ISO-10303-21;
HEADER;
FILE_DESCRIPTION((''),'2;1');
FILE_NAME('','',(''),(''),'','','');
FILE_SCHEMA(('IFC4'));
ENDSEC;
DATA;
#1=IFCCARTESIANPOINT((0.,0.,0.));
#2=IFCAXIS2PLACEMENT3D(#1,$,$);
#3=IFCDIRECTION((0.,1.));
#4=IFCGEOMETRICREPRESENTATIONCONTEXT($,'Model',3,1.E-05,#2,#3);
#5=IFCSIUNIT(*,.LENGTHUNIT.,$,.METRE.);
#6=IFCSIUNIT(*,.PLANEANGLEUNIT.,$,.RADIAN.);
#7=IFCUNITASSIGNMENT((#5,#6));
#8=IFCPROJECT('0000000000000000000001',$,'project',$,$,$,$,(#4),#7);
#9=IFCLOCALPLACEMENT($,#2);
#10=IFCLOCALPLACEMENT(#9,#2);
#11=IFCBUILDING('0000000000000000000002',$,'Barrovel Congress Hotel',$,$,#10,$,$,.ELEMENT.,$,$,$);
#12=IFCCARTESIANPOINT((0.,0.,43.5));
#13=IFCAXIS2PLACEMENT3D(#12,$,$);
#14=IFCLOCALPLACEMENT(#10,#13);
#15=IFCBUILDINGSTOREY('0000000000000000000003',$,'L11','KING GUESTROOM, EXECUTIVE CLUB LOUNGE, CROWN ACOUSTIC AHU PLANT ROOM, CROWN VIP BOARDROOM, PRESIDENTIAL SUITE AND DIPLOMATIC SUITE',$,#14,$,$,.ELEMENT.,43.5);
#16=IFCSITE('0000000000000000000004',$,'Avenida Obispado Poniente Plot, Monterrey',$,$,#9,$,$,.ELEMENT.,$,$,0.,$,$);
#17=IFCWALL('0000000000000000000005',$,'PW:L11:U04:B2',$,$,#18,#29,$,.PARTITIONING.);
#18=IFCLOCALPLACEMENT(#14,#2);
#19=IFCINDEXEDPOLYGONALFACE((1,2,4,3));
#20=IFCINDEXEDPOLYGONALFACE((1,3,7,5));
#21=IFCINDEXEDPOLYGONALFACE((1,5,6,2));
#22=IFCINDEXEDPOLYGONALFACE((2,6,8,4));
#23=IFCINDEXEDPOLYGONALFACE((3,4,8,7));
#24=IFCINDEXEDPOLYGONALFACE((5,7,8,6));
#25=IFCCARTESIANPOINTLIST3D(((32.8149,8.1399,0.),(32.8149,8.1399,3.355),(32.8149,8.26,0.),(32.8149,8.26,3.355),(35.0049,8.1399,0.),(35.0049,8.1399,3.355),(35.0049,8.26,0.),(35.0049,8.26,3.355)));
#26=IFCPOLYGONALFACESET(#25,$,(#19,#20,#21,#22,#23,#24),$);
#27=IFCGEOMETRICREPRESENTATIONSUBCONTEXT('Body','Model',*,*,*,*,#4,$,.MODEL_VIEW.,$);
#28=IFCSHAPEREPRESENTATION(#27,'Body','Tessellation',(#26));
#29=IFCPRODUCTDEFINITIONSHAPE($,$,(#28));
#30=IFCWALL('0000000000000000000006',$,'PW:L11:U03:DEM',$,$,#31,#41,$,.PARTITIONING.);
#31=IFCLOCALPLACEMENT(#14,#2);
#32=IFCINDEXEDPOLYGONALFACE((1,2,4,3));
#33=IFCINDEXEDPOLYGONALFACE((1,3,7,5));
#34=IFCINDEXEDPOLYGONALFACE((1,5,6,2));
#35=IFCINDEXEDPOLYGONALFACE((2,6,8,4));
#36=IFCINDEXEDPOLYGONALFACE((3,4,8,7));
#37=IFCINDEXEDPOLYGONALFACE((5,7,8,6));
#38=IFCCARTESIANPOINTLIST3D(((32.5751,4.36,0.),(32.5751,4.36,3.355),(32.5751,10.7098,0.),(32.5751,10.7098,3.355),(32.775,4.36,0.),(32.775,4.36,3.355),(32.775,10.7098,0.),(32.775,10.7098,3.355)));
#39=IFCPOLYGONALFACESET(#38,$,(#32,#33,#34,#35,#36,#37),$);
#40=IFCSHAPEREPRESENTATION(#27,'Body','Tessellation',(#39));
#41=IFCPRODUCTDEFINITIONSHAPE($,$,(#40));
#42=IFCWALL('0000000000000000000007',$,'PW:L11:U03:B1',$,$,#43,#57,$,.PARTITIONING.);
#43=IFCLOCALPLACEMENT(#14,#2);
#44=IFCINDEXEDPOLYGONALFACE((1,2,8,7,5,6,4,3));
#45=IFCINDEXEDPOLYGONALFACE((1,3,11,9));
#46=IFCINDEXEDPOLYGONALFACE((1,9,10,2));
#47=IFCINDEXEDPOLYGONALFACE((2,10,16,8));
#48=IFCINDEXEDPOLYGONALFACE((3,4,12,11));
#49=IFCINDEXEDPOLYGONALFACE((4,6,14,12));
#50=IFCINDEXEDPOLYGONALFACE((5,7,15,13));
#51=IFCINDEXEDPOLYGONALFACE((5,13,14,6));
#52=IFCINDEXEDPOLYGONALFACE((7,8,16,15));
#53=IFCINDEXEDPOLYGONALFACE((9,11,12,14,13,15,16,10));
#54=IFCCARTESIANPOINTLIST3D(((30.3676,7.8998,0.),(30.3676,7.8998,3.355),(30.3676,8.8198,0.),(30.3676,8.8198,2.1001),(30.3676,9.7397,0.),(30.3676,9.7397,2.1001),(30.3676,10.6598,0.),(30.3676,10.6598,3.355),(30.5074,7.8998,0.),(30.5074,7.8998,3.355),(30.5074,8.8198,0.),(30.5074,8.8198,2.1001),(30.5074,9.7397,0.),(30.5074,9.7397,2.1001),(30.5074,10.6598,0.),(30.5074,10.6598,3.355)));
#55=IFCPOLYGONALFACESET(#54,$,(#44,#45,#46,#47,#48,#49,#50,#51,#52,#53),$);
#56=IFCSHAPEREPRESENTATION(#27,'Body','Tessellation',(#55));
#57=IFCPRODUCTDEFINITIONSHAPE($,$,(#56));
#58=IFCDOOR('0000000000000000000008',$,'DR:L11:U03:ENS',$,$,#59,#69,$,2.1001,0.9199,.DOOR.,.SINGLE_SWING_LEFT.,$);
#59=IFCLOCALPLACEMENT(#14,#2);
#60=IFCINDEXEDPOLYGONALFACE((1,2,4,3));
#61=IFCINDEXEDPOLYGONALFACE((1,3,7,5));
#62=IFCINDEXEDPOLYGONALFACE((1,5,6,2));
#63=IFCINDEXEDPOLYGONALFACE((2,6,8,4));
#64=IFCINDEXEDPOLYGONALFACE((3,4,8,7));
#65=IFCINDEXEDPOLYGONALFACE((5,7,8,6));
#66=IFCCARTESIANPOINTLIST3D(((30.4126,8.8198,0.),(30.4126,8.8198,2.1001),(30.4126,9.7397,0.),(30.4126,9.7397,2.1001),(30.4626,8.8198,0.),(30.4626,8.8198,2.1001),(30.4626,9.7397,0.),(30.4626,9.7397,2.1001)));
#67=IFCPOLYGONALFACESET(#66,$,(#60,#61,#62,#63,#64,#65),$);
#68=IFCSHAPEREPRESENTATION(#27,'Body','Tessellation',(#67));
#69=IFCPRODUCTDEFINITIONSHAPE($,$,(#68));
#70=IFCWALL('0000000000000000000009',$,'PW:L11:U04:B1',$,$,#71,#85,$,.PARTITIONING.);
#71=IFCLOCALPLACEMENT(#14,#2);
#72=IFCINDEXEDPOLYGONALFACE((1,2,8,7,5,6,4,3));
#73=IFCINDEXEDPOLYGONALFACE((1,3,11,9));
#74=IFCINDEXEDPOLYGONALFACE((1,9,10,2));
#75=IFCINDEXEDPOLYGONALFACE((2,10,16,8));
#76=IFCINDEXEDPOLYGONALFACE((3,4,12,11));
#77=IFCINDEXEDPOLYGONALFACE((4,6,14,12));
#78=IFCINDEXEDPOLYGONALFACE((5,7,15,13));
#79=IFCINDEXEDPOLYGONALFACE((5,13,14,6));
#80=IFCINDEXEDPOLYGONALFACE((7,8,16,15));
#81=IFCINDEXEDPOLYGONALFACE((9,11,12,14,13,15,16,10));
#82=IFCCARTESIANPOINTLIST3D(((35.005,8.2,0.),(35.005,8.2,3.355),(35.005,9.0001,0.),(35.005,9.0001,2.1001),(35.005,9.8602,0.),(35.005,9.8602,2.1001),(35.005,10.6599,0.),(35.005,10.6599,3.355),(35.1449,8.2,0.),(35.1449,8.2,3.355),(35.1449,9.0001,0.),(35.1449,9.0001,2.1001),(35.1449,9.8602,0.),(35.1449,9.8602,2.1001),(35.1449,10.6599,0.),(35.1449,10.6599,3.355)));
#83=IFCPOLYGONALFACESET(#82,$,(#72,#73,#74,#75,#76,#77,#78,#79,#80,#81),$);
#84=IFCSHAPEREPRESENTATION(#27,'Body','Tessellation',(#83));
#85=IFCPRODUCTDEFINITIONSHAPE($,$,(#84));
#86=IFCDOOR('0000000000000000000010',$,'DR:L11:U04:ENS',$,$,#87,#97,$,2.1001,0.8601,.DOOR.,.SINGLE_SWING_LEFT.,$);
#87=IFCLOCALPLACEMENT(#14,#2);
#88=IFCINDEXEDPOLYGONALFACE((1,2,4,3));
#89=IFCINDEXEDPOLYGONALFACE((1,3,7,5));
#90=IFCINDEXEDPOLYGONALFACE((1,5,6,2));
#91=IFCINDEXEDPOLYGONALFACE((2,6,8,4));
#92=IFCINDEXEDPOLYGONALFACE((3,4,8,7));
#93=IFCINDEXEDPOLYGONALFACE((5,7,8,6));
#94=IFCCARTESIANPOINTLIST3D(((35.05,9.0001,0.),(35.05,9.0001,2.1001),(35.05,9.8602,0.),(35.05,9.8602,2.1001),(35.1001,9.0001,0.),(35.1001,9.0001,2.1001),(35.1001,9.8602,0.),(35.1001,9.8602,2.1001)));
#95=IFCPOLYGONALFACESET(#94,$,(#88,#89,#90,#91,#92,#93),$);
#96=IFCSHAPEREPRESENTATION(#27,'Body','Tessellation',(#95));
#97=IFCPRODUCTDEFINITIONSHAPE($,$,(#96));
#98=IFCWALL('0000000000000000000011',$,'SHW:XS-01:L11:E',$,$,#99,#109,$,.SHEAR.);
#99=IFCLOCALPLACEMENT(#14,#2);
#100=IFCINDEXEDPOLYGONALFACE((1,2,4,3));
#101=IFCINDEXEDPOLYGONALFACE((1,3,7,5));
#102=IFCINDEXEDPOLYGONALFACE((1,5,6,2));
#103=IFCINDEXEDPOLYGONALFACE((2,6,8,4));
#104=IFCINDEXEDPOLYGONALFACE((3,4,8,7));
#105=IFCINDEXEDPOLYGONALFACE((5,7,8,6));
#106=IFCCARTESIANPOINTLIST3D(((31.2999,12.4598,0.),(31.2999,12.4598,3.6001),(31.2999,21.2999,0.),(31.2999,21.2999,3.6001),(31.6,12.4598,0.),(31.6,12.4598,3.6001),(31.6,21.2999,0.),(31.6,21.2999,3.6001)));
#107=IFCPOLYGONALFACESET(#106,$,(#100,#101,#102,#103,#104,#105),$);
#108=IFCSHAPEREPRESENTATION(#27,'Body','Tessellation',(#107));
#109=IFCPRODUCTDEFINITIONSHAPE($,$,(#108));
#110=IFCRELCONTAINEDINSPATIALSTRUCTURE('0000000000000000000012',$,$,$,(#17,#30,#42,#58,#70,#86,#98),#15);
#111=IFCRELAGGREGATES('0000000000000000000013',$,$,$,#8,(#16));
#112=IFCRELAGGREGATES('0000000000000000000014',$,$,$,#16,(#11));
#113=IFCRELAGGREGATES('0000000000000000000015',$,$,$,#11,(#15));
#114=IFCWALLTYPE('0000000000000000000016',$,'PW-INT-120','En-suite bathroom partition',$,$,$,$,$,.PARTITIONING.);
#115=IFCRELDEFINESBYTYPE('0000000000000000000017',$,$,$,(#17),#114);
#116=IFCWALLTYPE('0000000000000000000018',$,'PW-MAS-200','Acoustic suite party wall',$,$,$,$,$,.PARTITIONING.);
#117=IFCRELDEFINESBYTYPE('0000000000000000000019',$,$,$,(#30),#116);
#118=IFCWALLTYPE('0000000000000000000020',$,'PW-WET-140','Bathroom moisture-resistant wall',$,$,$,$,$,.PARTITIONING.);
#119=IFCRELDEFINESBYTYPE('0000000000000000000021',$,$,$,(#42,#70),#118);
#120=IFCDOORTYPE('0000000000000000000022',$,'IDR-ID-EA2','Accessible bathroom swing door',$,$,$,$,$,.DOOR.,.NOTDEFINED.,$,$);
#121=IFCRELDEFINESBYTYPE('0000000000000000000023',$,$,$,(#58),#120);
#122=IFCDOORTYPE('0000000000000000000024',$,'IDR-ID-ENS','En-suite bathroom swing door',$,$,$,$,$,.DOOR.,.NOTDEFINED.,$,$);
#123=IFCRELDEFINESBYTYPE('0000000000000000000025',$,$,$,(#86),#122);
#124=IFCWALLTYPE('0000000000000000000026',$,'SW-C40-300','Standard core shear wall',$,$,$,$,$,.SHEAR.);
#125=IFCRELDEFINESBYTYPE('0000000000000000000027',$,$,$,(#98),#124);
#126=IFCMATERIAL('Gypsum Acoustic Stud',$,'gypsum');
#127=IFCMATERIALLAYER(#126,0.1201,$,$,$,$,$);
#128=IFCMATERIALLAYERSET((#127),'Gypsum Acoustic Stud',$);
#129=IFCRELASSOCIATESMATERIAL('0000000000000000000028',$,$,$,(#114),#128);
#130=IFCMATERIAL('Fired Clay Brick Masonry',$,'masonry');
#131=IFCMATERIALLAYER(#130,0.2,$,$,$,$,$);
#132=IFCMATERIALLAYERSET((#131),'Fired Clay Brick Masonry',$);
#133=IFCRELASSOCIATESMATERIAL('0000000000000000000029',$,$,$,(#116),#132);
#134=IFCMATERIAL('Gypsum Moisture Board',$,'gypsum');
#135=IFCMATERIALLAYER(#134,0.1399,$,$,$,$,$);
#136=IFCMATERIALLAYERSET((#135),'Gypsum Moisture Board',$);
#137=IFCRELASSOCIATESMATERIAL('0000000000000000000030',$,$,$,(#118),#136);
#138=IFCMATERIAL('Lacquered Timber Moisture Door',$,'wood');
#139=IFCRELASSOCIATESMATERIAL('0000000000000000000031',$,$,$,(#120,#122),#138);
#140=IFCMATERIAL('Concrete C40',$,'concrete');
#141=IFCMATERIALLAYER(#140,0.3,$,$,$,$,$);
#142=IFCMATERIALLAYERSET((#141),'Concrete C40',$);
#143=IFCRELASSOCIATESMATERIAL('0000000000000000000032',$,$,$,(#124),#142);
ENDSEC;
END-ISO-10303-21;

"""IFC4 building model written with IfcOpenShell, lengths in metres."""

from ifc_helpers import new_model, si_unit, direction, frame, frame_2d, origin, place, context, subcontext, project, spatial, rectangle, extrude, material, layer, layer_set, type_object, element, fill, save


model = new_model("IFC4")

# Units and contexts
model_context = context("Model", 3, precision=1e-05, world=origin(), true_north=direction((0.0, 1.0)))
body_context = subcontext(model_context, "Body", "Model", "MODEL_VIEW")
ifc_project = project(units=[si_unit("LENGTHUNIT", "METRE"), si_unit("PLANEANGLEUNIT", "RADIAN")], contexts=[model_context])

# Site, building, storey
site_placement = place(None, origin())
site = spatial("IfcSite", under=ifc_project, at=site_placement, Name="Avenida Obispado Poniente Plot, Monterrey", CompositionType="ELEMENT", RefElevation=0.0)
building_placement = place(site_placement, origin())
building = spatial("IfcBuilding", under=site, at=building_placement, Name="Barrovel Congress Hotel", CompositionType="ELEMENT")
storey_placement = place(building_placement, frame((0.0, 0.0, 43.5)))
storey = spatial("IfcBuildingStorey", under=building, at=storey_placement, Name="L11", Description="KING GUESTROOM, EXECUTIVE CLUB LOUNGE, CROWN ACOUSTIC AHU PLANT ROOM, CROWN VIP BOARDROOM, PRESIDENTIAL SUITE AND DIPLOMATIC SUITE", CompositionType="ELEMENT", Elevation=43.5)

# Shared definitions
ifc_material_1 = material(Name="Concrete C40", Category="concrete")

# Shared definitions
ifc_material_2 = material(Name="Fired Clay Brick Masonry", Category="masonry")

# Shared definitions
ifc_material_3 = material(Name="Gypsum Acoustic Stud", Category="gypsum")

# Walls
ifc_layer_1 = layer(ifc_material_3, 0.1201)
ifc_layer_set_1 = layer_set([ifc_layer_1], Name="Gypsum Acoustic Stud")
wall_type_1 = type_object("IfcWallType", Name="PW-INT-120", Description="En-suite bathroom partition", PredefinedType="PARTITIONING", material=ifc_layer_set_1)
wall_1_placement = place(storey_placement, frame((32.8149, 8.2, 0.0), z_axis=(0.0, 0.0, 1.0), x_axis=(1.0, 0.0, 0.0)))
element("IfcWall", 1, at=wall_1_placement, inside=storey, type_object=wall_type_1, Name="PW:L11:U04:B2", PredefinedType="PARTITIONING", context=body_context, shape_type="SweptSolid", body=[
    extrude(rectangle(XDim=2.1899, YDim=0.1201, at=frame_2d((1.095, 0.0))), origin(), (0.0, 0.0, 1.0), 3.355),
])
ifc_layer_2 = layer(ifc_material_2, 0.2)
ifc_layer_set_2 = layer_set([ifc_layer_2], Name="Fired Clay Brick Masonry")
wall_type_2 = type_object("IfcWallType", Name="PW-MAS-200", Description="Acoustic suite party wall", PredefinedType="PARTITIONING", material=ifc_layer_set_2)
wall_2_placement = place(storey_placement, frame((32.675, 4.3601, 0.0), z_axis=(0.0, 0.0, 1.0), x_axis=(0.0, 1.0, 0.0)))
element("IfcWall", 2, at=wall_2_placement, inside=storey, type_object=wall_type_2, Name="PW:L11:U03:DEM", PredefinedType="PARTITIONING", context=body_context, shape_type="SweptSolid", body=[
    extrude(rectangle(XDim=6.3499, YDim=0.2, at=frame_2d((3.1748, 0.0))), origin(), (0.0, 0.0, 1.0), 3.355),
])

# Walls, openings, doors
ifc_material_4 = material(Name="Gypsum Moisture Board", Category="gypsum")
ifc_layer_3 = layer(ifc_material_4, 0.1399)
ifc_layer_set_3 = layer_set([ifc_layer_3], Name="Gypsum Moisture Board")
wall_type_3 = type_object("IfcWallType", Name="PW-WET-140", Description="Bathroom moisture-resistant wall", PredefinedType="PARTITIONING", material=ifc_layer_set_3)
wall_3_placement = place(storey_placement, frame((30.4375, 7.8999, 0.0), z_axis=(0.0, 0.0, 1.0), x_axis=(0.0, 1.0, 0.0)))
wall_3 = element("IfcWall", 3, at=wall_3_placement, inside=storey, type_object=wall_type_3, Name="PW:L11:U03:B1", PredefinedType="PARTITIONING", context=body_context, shape_type="SweptSolid", body=[
    extrude(rectangle(XDim=2.76, YDim=0.1399, at=frame_2d((1.3799, 0.0))), origin(), (0.0, 0.0, 1.0), 3.355),
])
opening_1_placement = place(wall_3_placement, frame((0.9199, 0.0, 0.0)))
opening_1 = element("IfcOpeningElement", 4, at=opening_1_placement, cuts=wall_3, PredefinedType="OPENING", context=body_context, shape_type="SweptSolid", body=[
    extrude(rectangle(XDim=0.9199, YDim=2.1001, at=frame_2d((0.46, 1.05))), frame((0.0, 0.0801, 0.0), z_axis=(0.0, -1.0, 0.0), x_axis=(1.0, 0.0, 0.0)), (0.0, 0.0, 1.0), 0.1599),
])
ifc_material_5 = material(Name="Lacquered Timber Moisture Door", Category="wood")
door_type_1 = type_object("IfcDoorType", Name="IDR-ID-EA2", Description="Accessible bathroom swing door", OperationType="NOTDEFINED", PredefinedType="DOOR", material=ifc_material_5)
door_1_placement = place(opening_1_placement, origin())
door_1 = element("IfcDoor", 5, at=door_1_placement, inside=storey, type_object=door_type_1, Name="DR:L11:U03:ENS", OperationType="SINGLE_SWING_LEFT", OverallHeight=2.1001, OverallWidth=0.9199, PredefinedType="DOOR", context=body_context, shape_type="SweptSolid", body=[
    extrude(rectangle(XDim=0.9199, YDim=2.1001, at=frame_2d((0.46, 1.05))), frame((0.0, 0.0249, 0.0), z_axis=(0.0, -1.0, 0.0), x_axis=(1.0, 0.0, 0.0)), (0.0, 0.0, 1.0), 0.05),
])
fill(opening_1, door_1)
wall_4_placement = place(storey_placement, frame((35.075, 8.2, 0.0), z_axis=(0.0, 0.0, 1.0), x_axis=(0.0, 1.0, 0.0)))
wall_4 = element("IfcWall", 6, at=wall_4_placement, inside=storey, type_object=wall_type_3, Name="PW:L11:U04:B1", PredefinedType="PARTITIONING", context=body_context, shape_type="SweptSolid", body=[
    extrude(rectangle(XDim=2.46, YDim=0.1399, at=frame_2d((1.23, 0.0))), origin(), (0.0, 0.0, 1.0), 3.355),
])
opening_2_placement = place(wall_4_placement, frame((0.8, 0.0, 0.0)))
opening_2 = element("IfcOpeningElement", 7, at=opening_2_placement, cuts=wall_4, PredefinedType="OPENING", context=body_context, shape_type="SweptSolid", body=[
    extrude(rectangle(XDim=0.8601, YDim=2.1001, at=frame_2d((0.4302, 1.05))), frame((0.0, 0.0801, 0.0), z_axis=(0.0, -1.0, 0.0), x_axis=(1.0, 0.0, 0.0)), (0.0, 0.0, 1.0), 0.1599),
])
door_type_2 = type_object("IfcDoorType", Name="IDR-ID-ENS", Description="En-suite bathroom swing door", OperationType="NOTDEFINED", PredefinedType="DOOR", material=ifc_material_5)
door_2_placement = place(opening_2_placement, origin())
door_2 = element("IfcDoor", 8, at=door_2_placement, inside=storey, type_object=door_type_2, Name="DR:L11:U04:ENS", OperationType="SINGLE_SWING_LEFT", OverallHeight=2.1001, OverallWidth=0.8601, PredefinedType="DOOR", context=body_context, shape_type="SweptSolid", body=[
    extrude(rectangle(XDim=0.8601, YDim=2.1001, at=frame_2d((0.4302, 1.05))), frame((0.0, 0.0249, 0.0), z_axis=(0.0, -1.0, 0.0), x_axis=(1.0, 0.0, 0.0)), (0.0, 0.0, 1.0), 0.05),
])
fill(opening_2, door_2)

# Wall
ifc_layer_4 = layer(ifc_material_1, 0.3)
ifc_layer_set_4 = layer_set([ifc_layer_4], Name="Concrete C40")
wall_type_4 = type_object("IfcWallType", Name="SW-C40-300", Description="Standard core shear wall", PredefinedType="SHEAR", material=ifc_layer_set_4)
wall_5_placement = place(storey_placement, frame((31.45, 12.46, 0.0), z_axis=(0.0, 0.0, 1.0), x_axis=(0.0, 1.0, 0.0)))
element("IfcWall", 9, at=wall_5_placement, inside=storey, type_object=wall_type_4, Name="SHW:XS-01:L11:E", PredefinedType="SHEAR", context=body_context, shape_type="SweptSolid", body=[
    extrude(rectangle(XDim=8.8401, YDim=0.3, at=frame_2d((4.4199, 0.0))), origin(), (0.0, 0.0, 1.0), 3.6001),
])

save(model, "model.ifc")
